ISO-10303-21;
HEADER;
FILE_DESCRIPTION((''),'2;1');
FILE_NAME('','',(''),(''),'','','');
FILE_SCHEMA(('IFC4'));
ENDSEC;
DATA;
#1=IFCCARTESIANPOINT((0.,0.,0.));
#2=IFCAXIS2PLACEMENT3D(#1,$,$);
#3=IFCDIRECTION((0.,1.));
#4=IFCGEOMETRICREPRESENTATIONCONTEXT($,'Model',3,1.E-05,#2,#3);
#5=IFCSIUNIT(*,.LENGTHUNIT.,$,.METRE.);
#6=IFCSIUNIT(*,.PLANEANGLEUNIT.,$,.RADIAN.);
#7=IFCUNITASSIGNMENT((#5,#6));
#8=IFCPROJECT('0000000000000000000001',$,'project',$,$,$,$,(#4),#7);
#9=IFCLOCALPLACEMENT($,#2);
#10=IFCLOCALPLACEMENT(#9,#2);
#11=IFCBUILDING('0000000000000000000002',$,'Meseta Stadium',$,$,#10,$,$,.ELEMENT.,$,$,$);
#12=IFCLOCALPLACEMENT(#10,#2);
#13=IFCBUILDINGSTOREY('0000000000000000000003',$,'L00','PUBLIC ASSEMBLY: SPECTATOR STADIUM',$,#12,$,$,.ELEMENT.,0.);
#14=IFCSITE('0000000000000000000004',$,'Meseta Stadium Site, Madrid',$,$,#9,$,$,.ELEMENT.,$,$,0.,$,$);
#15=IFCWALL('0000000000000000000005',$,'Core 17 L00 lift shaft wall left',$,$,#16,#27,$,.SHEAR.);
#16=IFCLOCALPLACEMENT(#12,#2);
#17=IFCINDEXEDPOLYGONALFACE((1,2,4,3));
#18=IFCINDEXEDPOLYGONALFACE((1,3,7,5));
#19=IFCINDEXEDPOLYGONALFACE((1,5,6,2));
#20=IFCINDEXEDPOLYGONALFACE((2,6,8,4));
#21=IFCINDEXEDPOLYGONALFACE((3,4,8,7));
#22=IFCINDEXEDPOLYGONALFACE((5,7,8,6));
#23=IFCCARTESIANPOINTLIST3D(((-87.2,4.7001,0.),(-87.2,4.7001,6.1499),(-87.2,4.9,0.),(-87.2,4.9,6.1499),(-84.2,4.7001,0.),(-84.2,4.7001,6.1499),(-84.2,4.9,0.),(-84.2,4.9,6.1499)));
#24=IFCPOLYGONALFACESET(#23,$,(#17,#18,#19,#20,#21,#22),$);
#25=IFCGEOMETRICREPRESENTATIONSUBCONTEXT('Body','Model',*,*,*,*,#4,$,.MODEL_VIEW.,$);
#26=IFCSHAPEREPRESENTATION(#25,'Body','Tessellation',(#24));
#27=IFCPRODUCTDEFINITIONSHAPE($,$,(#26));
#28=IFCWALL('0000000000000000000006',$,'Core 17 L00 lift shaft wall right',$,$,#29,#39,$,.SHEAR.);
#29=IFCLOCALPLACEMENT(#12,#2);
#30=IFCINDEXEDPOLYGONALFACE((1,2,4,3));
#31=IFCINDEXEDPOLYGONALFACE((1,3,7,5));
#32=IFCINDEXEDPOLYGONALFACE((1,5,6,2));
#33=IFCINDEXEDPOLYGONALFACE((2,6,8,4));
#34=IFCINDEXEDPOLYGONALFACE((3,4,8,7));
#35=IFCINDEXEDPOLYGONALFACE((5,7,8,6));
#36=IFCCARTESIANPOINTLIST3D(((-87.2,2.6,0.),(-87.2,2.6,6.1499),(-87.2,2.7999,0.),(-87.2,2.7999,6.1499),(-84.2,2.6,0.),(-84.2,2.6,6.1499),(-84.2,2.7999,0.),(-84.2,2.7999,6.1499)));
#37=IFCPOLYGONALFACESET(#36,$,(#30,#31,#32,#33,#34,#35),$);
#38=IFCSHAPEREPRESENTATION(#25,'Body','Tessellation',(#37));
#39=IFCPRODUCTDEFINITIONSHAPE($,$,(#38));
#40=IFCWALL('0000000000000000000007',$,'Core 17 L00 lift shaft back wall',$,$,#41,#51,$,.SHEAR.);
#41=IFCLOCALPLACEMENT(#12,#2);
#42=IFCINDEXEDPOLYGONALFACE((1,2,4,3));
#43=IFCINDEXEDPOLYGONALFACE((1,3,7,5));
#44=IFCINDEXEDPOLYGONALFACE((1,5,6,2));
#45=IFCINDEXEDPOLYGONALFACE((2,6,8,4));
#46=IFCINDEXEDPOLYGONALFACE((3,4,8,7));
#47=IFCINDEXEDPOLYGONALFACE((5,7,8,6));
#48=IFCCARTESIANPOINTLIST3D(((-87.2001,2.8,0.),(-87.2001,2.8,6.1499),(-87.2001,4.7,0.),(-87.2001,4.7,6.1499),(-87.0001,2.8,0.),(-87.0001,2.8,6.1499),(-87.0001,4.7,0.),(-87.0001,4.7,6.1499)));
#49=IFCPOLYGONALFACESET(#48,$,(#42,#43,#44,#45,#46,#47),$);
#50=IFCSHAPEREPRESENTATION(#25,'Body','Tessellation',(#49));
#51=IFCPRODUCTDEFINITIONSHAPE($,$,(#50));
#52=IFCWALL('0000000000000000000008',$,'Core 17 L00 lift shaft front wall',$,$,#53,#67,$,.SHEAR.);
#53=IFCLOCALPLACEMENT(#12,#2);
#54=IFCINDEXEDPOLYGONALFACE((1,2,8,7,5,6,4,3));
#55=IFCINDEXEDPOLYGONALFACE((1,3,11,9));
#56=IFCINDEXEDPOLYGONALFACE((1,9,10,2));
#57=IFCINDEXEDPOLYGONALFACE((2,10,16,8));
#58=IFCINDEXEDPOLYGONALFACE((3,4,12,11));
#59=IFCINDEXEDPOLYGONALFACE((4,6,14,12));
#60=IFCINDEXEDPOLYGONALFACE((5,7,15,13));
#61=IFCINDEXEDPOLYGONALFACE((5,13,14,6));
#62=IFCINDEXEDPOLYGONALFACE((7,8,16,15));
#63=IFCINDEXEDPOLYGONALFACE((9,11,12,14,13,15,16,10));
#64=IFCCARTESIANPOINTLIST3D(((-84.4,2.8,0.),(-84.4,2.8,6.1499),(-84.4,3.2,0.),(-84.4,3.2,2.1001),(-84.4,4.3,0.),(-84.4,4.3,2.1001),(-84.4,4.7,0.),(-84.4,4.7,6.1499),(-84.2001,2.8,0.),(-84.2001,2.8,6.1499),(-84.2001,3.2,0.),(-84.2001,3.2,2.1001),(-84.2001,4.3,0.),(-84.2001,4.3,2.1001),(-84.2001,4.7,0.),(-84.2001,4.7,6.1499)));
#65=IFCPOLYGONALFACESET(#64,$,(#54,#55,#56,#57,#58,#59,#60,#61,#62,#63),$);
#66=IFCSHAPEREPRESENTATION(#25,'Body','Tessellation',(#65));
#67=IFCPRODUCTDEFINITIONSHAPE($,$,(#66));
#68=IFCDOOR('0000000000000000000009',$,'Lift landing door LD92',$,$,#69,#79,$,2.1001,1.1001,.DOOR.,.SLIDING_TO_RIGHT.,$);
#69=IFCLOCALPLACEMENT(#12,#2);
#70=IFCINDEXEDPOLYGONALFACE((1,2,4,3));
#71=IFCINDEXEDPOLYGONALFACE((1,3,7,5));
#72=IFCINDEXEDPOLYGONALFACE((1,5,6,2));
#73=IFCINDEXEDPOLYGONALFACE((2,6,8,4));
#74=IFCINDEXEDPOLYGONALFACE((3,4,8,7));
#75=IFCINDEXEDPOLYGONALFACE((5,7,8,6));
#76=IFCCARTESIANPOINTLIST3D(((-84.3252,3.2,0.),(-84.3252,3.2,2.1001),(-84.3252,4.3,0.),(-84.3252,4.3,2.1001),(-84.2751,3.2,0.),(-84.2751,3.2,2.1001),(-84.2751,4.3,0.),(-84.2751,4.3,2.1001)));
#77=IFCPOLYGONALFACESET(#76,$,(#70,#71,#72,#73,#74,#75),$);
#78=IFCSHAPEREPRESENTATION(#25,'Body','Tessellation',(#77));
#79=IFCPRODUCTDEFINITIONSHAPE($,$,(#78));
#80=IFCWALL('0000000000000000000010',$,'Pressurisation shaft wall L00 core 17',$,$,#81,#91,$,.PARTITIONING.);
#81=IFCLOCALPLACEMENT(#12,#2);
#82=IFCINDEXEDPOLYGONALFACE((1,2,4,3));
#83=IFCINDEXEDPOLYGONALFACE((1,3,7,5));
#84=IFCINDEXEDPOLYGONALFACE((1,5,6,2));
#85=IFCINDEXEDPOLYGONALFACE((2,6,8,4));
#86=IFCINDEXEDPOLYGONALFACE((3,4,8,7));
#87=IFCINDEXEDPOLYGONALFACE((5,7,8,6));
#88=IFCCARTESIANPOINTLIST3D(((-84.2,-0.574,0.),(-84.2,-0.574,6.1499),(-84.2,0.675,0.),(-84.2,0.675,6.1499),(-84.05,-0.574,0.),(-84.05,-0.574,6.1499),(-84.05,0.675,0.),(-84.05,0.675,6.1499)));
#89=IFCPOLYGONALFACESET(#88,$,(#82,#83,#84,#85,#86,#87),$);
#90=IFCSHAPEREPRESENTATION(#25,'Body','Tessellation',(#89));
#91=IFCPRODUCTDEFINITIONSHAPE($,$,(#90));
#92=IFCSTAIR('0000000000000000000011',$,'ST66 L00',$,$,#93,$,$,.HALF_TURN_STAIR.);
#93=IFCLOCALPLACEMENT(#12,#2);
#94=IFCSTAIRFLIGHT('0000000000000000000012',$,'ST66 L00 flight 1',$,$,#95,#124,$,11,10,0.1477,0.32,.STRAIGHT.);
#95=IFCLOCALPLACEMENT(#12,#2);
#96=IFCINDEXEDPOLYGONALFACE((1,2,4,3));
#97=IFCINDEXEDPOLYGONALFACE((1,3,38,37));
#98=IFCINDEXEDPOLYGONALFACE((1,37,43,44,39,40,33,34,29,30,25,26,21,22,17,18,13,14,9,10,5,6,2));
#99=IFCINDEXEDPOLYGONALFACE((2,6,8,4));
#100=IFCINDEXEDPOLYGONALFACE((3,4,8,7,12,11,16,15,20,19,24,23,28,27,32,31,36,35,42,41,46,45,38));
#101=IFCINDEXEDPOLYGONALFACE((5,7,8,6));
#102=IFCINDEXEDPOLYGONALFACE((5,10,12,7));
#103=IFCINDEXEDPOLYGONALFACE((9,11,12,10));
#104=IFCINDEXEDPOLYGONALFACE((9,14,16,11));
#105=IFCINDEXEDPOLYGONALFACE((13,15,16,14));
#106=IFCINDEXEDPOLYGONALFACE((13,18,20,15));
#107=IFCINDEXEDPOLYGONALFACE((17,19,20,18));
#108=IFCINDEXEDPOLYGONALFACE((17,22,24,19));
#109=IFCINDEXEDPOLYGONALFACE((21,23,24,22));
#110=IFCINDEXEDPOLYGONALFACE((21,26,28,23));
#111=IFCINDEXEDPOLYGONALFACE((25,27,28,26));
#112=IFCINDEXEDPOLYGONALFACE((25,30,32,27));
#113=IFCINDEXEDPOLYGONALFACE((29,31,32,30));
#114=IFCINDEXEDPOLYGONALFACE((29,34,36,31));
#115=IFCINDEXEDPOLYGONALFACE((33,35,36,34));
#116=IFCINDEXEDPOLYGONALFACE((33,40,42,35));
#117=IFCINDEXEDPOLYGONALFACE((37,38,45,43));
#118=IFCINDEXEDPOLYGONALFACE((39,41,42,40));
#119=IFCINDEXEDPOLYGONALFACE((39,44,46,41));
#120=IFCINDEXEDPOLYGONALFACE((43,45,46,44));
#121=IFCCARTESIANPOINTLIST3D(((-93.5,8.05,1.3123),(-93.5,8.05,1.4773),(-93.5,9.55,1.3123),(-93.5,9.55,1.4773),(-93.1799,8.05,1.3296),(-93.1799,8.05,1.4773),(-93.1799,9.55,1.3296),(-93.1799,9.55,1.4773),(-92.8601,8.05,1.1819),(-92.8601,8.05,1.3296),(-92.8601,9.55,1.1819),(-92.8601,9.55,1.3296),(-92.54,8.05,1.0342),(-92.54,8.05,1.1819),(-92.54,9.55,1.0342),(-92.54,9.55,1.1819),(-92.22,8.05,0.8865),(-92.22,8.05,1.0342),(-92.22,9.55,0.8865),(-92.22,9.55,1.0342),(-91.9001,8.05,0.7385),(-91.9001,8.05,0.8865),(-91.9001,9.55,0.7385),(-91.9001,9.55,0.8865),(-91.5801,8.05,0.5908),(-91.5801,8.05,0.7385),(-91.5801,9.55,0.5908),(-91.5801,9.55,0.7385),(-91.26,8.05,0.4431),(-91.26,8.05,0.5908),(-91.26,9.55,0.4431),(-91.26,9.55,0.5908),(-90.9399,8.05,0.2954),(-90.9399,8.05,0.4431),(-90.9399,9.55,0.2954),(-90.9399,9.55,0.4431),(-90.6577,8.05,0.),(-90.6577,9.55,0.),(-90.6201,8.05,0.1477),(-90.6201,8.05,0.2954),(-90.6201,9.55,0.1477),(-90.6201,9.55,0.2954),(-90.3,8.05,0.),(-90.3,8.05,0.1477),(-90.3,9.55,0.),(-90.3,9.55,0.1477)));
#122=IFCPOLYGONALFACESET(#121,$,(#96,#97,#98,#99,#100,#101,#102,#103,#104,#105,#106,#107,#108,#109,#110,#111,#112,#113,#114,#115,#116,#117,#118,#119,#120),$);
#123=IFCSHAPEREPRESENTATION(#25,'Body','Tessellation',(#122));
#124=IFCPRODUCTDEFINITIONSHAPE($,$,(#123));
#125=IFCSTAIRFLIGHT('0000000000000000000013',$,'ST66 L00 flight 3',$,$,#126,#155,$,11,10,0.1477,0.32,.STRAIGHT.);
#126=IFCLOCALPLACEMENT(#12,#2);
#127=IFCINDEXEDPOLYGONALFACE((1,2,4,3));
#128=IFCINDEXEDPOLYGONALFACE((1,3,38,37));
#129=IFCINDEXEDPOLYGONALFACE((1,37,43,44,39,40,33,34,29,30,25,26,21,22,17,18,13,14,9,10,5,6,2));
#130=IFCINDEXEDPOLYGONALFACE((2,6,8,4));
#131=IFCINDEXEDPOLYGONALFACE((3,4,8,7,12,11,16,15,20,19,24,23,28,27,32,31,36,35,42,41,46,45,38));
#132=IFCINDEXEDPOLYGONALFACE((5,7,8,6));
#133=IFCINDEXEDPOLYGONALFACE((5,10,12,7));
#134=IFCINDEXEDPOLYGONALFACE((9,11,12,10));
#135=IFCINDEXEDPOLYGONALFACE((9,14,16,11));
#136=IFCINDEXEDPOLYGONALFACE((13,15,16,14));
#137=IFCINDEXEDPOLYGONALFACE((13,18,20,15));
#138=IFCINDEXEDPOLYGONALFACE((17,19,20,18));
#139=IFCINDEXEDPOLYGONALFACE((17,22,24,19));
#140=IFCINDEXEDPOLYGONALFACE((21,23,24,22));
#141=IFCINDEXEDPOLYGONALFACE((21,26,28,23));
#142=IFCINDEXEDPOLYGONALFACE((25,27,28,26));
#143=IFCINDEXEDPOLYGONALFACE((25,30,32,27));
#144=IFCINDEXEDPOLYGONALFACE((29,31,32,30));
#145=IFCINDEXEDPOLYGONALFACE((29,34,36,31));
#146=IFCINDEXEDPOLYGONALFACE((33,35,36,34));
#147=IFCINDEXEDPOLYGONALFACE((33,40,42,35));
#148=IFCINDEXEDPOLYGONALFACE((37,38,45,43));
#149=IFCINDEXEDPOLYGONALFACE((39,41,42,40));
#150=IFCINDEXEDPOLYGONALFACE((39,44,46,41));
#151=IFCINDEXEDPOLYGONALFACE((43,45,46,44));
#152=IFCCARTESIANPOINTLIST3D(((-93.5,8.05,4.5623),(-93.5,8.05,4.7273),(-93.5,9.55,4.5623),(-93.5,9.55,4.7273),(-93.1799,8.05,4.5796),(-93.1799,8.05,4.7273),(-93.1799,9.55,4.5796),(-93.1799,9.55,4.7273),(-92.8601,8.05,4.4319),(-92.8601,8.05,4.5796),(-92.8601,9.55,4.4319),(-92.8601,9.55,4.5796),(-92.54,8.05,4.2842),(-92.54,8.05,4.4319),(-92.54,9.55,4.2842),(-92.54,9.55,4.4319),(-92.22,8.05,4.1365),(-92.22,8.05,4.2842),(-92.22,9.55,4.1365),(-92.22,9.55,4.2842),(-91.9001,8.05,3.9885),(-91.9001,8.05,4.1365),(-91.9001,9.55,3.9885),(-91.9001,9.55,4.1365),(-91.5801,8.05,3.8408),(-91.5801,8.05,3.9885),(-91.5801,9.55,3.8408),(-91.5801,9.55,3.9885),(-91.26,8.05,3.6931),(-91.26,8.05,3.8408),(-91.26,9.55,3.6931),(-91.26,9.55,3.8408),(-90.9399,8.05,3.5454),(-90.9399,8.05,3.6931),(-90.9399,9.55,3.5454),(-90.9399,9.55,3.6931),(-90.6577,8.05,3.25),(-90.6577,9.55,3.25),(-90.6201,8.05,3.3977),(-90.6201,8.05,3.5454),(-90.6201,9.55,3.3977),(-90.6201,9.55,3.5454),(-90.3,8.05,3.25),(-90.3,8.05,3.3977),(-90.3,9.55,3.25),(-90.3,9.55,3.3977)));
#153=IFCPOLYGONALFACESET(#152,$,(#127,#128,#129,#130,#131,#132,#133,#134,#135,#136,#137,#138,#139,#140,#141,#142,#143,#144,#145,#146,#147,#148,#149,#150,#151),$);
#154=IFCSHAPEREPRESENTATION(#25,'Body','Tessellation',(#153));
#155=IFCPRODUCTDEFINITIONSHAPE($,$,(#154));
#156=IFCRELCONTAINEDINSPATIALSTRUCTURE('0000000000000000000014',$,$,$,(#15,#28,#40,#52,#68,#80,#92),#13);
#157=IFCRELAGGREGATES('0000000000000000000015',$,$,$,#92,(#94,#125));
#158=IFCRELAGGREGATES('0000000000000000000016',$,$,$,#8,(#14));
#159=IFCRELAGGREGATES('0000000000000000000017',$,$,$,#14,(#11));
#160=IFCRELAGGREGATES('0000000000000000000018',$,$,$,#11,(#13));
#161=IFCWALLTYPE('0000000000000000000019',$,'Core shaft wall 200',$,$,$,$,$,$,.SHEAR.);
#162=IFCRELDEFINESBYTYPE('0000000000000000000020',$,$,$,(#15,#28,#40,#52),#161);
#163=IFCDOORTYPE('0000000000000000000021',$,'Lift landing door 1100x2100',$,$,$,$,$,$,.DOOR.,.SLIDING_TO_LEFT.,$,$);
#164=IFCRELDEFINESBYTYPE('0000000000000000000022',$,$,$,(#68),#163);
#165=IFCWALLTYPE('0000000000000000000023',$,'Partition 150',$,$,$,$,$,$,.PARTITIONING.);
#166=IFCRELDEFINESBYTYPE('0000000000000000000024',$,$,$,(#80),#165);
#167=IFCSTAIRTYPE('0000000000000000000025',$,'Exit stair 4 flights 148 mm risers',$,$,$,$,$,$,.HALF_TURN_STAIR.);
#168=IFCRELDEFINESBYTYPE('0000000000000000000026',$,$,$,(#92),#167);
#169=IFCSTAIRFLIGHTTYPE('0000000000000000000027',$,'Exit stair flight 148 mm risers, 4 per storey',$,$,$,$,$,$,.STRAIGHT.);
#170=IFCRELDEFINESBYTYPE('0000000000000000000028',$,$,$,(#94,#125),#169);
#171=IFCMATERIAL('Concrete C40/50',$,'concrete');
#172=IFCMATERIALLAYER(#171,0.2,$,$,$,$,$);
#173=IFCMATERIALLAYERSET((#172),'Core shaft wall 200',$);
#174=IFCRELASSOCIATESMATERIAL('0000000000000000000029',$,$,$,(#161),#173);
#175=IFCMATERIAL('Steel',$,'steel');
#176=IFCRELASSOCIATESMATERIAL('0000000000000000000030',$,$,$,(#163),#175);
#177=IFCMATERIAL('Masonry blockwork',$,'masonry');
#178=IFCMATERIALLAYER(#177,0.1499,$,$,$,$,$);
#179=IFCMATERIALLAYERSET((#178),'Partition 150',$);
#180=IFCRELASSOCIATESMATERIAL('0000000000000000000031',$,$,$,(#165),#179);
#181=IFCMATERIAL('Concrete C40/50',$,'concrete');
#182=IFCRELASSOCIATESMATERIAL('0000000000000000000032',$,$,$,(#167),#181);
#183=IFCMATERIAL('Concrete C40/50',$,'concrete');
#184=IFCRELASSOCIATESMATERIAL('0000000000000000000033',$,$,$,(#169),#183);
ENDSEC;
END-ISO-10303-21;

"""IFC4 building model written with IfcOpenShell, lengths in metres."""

from ifc_helpers import new_model, si_unit, direction, frame, frame_2d, origin, place, context, subcontext, project, spatial, polyline, rectangle, outline, extrude, material, layer, layer_set, type_object, element, fill, aggregate, save


model = new_model("IFC4")

# Units and contexts
model_context = context("Model", 3, precision=1e-05, world=origin(), true_north=direction((0.0, 1.0)))
body_context = subcontext(model_context, "Body", "Model", "MODEL_VIEW")
ifc_project = project(units=[si_unit("LENGTHUNIT", "METRE"), si_unit("PLANEANGLEUNIT", "RADIAN")], contexts=[model_context])

# Site, building, storey
site_placement = place(None, origin())
site = spatial("IfcSite", under=ifc_project, at=site_placement, Name="Meseta Stadium Site, Madrid", CompositionType="ELEMENT", RefElevation=0.0)
building_placement = place(site_placement, origin())
building = spatial("IfcBuilding", under=site, at=building_placement, Name="Meseta Stadium", CompositionType="ELEMENT")
storey_placement = place(building_placement, origin())
storey = spatial("IfcBuildingStorey", under=building, at=storey_placement, Name="L00", Description="PUBLIC ASSEMBLY: SPECTATOR STADIUM", CompositionType="ELEMENT", Elevation=0.0)

# Shared definitions
ifc_material_1 = material(Name="Concrete C40/50", Category="concrete")
ifc_layer_1 = layer(ifc_material_1, 0.2)
ifc_layer_set_1 = layer_set([ifc_layer_1], Name="Core shaft wall 200")
wall_type_1 = type_object("IfcWallType", Name="Core shaft wall 200", PredefinedType="SHEAR", material=ifc_layer_set_1)

# Walls
for number, where, z_axis, x_axis, name in (
    (1, (-87.2, 4.8, 0.0), (0.0, 0.0, 1.0), (1.0, 0.0, 0.0), "Core 17 L00 lift shaft wall left"),
    (2, (-87.2, 2.7, 0.0), (0.0, 0.0, 1.0), (1.0, 0.0, 0.0), "Core 17 L00 lift shaft wall right"),
):
    element("IfcWall", number, at=place(storey_placement, frame(where, z_axis=z_axis, x_axis=x_axis)), inside=storey, type_object=wall_type_1, Name=name, PredefinedType="SHEAR", context=body_context, shape_type="SweptSolid", body=[
        extrude(rectangle(XDim=3.0, YDim=0.2, at=frame_2d((1.5, 0.0))), origin(), (0.0, 0.0, 1.0), 6.1499),
    ])
wall_1_placement = place(storey_placement, frame((-87.1001, 4.7, 0.0), z_axis=(0.0, 0.0, 1.0), x_axis=(0.0, -1.0, 0.0)))
element("IfcWall", 3, at=wall_1_placement, inside=storey, type_object=wall_type_1, Name="Core 17 L00 lift shaft back wall", PredefinedType="SHEAR", context=body_context, shape_type="SweptSolid", body=[
    extrude(rectangle(XDim=1.8999, YDim=0.2, at=frame_2d((0.95, 0.0))), origin(), (0.0, 0.0, 1.0), 6.1499),
])

# Wall, opening, door
wall_2_placement = place(storey_placement, frame((-84.3, 4.7, 0.0), z_axis=(0.0, 0.0, 1.0), x_axis=(0.0, -1.0, 0.0)))
wall_2 = element("IfcWall", 4, at=wall_2_placement, inside=storey, type_object=wall_type_1, Name="Core 17 L00 lift shaft front wall", PredefinedType="SHEAR", context=body_context, shape_type="SweptSolid", body=[
    extrude(rectangle(XDim=1.8999, YDim=0.2, at=frame_2d((0.95, 0.0))), origin(), (0.0, 0.0, 1.0), 6.1499),
])
opening_1_placement = place(wall_2_placement, frame((0.3999, 0.0, 0.0)))
opening_1 = element("IfcOpeningElement", 5, at=opening_1_placement, cuts=wall_2, PredefinedType="OPENING", context=body_context, shape_type="SweptSolid", body=[
    extrude(rectangle(XDim=1.1001, YDim=2.1001, at=frame_2d((0.55, 1.05))), frame((0.0, 0.1099, 0.0), z_axis=(0.0, -1.0, 0.0), x_axis=(1.0, 0.0, 0.0)), (0.0, 0.0, 1.0), 0.22),
])
ifc_material_2 = material(Name="Steel", Category="steel")
door_type_1 = type_object("IfcDoorType", Name="Lift landing door 1100x2100", OperationType="SLIDING_TO_LEFT", PredefinedType="DOOR", material=ifc_material_2)
door_1_placement = place(opening_1_placement, origin())
door_1 = element("IfcDoor", 6, at=door_1_placement, inside=storey, type_object=door_type_1, Name="Lift landing door LD92", OperationType="SLIDING_TO_RIGHT", OverallHeight=2.1001, OverallWidth=1.1001, PredefinedType="DOOR", context=body_context, shape_type="SweptSolid", body=[
    extrude(rectangle(XDim=1.1001, YDim=2.1001, at=frame_2d((0.55, 1.05))), frame((0.0, 0.0249, 0.0), z_axis=(0.0, -1.0, 0.0), x_axis=(1.0, 0.0, 0.0)), (0.0, 0.0, 1.0), 0.05),
])
fill(opening_1, door_1)

# Wall
ifc_material_3 = material(Name="Masonry blockwork", Category="masonry")
ifc_layer_2 = layer(ifc_material_3, 0.1499)
ifc_layer_set_2 = layer_set([ifc_layer_2], Name="Partition 150")
wall_type_2 = type_object("IfcWallType", Name="Partition 150", PredefinedType="PARTITIONING", material=ifc_layer_set_2)
wall_3_placement = place(storey_placement, frame((-84.125, 0.675, 0.0), z_axis=(0.0, 0.0, 1.0), x_axis=(0.0, -1.0, 0.0)))
element("IfcWall", 7, at=wall_3_placement, inside=storey, type_object=wall_type_2, Name="Pressurisation shaft wall L00 core 17", PredefinedType="PARTITIONING", context=body_context, shape_type="SweptSolid", body=[
    extrude(rectangle(XDim=1.249, YDim=0.1499, at=frame_2d((0.6245, 0.0))), origin(), (0.0, 0.0, 1.0), 6.1499),
])

# Stair, stair flights
ifc_material_4 = material(Name="Concrete C40/50", Category="concrete")
stair_type = type_object("IfcStairType", Name="Exit stair 4 flights 148 mm risers", PredefinedType="HALF_TURN_STAIR", material=ifc_material_4)
stair_1_placement = place(storey_placement, origin())
stair_1 = element("IfcStair", 8, at=stair_1_placement, inside=storey, type_object=stair_type, Name="ST66 L00", PredefinedType="HALF_TURN_STAIR")
ifc_material_5 = material(Name="Concrete C40/50", Category="concrete")
stair_flight_type = type_object("IfcStairFlightType", Name="Exit stair flight 148 mm risers, 4 per storey", PredefinedType="STRAIGHT", material=ifc_material_5)
stair_flight_1_placement = place(storey_placement, frame((-90.3, 8.8, 0.0), z_axis=(0.0, 0.0, 1.0), x_axis=(-1.0, 0.0, 0.0)))
stair_flight_1 = element("IfcStairFlight", 9, at=stair_flight_1_placement, type_object=stair_flight_type, Name="ST66 L00 flight 1", NumberOfRisers=11, NumberOfTreads=10, PredefinedType="STRAIGHT", RiserHeight=0.1477, TreadLength=0.32, context=body_context, shape_type="SweptSolid", body=[
    extrude(outline(polyline([(0.0, 0.0), (0.0, 0.1477), (0.3201, 0.1477), (0.3201, 0.2954), (0.6399, 0.2954), (0.6399, 0.4431), (0.96, 0.4431), (0.96, 0.5908), (1.28, 0.5908), (1.28, 0.7385), (1.6001, 0.7385), (1.6001, 0.8865), (1.9199, 0.8865), (1.9199, 1.0342), (2.24, 1.0342), (2.24, 1.1819), (2.5601, 1.1819), (2.5601, 1.3296), (2.8799, 1.3296), (2.8799, 1.4773), (3.2, 1.4773), (3.2, 1.3123), (0.3577, 0.0), (0.0, 0.0)])), frame((0.0, 0.75, 0.0), z_axis=(0.0, -1.0, 0.0), x_axis=(1.0, 0.0, 0.0)), (0.0, 0.0, 1.0), 1.5),
])
stair_flight_2_placement = place(storey_placement, frame((-90.3, 8.8, 3.25), z_axis=(0.0, 0.0, 1.0), x_axis=(-1.0, 0.0, 0.0)))
stair_flight_2 = element("IfcStairFlight", 10, at=stair_flight_2_placement, type_object=stair_flight_type, Name="ST66 L00 flight 3", NumberOfRisers=11, NumberOfTreads=10, PredefinedType="STRAIGHT", RiserHeight=0.1477, TreadLength=0.32, context=body_context, shape_type="SweptSolid", body=[
    extrude(outline(polyline([(0.0, 0.0), (0.0, 0.1477), (0.3201, 0.1477), (0.3201, 0.2954), (0.6399, 0.2954), (0.6399, 0.4431), (0.96, 0.4431), (0.96, 0.5908), (1.28, 0.5908), (1.28, 0.7385), (1.6001, 0.7385), (1.6001, 0.8865), (1.9199, 0.8865), (1.9199, 1.0342), (2.24, 1.0342), (2.24, 1.1819), (2.5601, 1.1819), (2.5601, 1.3296), (2.8799, 1.3296), (2.8799, 1.4773), (3.2, 1.4773), (3.2, 1.3123), (0.3577, 0.0), (0.0, 0.0)])), frame((0.0, 0.75, 0.0), z_axis=(0.0, -1.0, 0.0), x_axis=(1.0, 0.0, 0.0)), (0.0, 0.0, 1.0), 1.5),
])
aggregate(stair_1, [stair_flight_1, stair_flight_2])

save(model, "model.ifc")
